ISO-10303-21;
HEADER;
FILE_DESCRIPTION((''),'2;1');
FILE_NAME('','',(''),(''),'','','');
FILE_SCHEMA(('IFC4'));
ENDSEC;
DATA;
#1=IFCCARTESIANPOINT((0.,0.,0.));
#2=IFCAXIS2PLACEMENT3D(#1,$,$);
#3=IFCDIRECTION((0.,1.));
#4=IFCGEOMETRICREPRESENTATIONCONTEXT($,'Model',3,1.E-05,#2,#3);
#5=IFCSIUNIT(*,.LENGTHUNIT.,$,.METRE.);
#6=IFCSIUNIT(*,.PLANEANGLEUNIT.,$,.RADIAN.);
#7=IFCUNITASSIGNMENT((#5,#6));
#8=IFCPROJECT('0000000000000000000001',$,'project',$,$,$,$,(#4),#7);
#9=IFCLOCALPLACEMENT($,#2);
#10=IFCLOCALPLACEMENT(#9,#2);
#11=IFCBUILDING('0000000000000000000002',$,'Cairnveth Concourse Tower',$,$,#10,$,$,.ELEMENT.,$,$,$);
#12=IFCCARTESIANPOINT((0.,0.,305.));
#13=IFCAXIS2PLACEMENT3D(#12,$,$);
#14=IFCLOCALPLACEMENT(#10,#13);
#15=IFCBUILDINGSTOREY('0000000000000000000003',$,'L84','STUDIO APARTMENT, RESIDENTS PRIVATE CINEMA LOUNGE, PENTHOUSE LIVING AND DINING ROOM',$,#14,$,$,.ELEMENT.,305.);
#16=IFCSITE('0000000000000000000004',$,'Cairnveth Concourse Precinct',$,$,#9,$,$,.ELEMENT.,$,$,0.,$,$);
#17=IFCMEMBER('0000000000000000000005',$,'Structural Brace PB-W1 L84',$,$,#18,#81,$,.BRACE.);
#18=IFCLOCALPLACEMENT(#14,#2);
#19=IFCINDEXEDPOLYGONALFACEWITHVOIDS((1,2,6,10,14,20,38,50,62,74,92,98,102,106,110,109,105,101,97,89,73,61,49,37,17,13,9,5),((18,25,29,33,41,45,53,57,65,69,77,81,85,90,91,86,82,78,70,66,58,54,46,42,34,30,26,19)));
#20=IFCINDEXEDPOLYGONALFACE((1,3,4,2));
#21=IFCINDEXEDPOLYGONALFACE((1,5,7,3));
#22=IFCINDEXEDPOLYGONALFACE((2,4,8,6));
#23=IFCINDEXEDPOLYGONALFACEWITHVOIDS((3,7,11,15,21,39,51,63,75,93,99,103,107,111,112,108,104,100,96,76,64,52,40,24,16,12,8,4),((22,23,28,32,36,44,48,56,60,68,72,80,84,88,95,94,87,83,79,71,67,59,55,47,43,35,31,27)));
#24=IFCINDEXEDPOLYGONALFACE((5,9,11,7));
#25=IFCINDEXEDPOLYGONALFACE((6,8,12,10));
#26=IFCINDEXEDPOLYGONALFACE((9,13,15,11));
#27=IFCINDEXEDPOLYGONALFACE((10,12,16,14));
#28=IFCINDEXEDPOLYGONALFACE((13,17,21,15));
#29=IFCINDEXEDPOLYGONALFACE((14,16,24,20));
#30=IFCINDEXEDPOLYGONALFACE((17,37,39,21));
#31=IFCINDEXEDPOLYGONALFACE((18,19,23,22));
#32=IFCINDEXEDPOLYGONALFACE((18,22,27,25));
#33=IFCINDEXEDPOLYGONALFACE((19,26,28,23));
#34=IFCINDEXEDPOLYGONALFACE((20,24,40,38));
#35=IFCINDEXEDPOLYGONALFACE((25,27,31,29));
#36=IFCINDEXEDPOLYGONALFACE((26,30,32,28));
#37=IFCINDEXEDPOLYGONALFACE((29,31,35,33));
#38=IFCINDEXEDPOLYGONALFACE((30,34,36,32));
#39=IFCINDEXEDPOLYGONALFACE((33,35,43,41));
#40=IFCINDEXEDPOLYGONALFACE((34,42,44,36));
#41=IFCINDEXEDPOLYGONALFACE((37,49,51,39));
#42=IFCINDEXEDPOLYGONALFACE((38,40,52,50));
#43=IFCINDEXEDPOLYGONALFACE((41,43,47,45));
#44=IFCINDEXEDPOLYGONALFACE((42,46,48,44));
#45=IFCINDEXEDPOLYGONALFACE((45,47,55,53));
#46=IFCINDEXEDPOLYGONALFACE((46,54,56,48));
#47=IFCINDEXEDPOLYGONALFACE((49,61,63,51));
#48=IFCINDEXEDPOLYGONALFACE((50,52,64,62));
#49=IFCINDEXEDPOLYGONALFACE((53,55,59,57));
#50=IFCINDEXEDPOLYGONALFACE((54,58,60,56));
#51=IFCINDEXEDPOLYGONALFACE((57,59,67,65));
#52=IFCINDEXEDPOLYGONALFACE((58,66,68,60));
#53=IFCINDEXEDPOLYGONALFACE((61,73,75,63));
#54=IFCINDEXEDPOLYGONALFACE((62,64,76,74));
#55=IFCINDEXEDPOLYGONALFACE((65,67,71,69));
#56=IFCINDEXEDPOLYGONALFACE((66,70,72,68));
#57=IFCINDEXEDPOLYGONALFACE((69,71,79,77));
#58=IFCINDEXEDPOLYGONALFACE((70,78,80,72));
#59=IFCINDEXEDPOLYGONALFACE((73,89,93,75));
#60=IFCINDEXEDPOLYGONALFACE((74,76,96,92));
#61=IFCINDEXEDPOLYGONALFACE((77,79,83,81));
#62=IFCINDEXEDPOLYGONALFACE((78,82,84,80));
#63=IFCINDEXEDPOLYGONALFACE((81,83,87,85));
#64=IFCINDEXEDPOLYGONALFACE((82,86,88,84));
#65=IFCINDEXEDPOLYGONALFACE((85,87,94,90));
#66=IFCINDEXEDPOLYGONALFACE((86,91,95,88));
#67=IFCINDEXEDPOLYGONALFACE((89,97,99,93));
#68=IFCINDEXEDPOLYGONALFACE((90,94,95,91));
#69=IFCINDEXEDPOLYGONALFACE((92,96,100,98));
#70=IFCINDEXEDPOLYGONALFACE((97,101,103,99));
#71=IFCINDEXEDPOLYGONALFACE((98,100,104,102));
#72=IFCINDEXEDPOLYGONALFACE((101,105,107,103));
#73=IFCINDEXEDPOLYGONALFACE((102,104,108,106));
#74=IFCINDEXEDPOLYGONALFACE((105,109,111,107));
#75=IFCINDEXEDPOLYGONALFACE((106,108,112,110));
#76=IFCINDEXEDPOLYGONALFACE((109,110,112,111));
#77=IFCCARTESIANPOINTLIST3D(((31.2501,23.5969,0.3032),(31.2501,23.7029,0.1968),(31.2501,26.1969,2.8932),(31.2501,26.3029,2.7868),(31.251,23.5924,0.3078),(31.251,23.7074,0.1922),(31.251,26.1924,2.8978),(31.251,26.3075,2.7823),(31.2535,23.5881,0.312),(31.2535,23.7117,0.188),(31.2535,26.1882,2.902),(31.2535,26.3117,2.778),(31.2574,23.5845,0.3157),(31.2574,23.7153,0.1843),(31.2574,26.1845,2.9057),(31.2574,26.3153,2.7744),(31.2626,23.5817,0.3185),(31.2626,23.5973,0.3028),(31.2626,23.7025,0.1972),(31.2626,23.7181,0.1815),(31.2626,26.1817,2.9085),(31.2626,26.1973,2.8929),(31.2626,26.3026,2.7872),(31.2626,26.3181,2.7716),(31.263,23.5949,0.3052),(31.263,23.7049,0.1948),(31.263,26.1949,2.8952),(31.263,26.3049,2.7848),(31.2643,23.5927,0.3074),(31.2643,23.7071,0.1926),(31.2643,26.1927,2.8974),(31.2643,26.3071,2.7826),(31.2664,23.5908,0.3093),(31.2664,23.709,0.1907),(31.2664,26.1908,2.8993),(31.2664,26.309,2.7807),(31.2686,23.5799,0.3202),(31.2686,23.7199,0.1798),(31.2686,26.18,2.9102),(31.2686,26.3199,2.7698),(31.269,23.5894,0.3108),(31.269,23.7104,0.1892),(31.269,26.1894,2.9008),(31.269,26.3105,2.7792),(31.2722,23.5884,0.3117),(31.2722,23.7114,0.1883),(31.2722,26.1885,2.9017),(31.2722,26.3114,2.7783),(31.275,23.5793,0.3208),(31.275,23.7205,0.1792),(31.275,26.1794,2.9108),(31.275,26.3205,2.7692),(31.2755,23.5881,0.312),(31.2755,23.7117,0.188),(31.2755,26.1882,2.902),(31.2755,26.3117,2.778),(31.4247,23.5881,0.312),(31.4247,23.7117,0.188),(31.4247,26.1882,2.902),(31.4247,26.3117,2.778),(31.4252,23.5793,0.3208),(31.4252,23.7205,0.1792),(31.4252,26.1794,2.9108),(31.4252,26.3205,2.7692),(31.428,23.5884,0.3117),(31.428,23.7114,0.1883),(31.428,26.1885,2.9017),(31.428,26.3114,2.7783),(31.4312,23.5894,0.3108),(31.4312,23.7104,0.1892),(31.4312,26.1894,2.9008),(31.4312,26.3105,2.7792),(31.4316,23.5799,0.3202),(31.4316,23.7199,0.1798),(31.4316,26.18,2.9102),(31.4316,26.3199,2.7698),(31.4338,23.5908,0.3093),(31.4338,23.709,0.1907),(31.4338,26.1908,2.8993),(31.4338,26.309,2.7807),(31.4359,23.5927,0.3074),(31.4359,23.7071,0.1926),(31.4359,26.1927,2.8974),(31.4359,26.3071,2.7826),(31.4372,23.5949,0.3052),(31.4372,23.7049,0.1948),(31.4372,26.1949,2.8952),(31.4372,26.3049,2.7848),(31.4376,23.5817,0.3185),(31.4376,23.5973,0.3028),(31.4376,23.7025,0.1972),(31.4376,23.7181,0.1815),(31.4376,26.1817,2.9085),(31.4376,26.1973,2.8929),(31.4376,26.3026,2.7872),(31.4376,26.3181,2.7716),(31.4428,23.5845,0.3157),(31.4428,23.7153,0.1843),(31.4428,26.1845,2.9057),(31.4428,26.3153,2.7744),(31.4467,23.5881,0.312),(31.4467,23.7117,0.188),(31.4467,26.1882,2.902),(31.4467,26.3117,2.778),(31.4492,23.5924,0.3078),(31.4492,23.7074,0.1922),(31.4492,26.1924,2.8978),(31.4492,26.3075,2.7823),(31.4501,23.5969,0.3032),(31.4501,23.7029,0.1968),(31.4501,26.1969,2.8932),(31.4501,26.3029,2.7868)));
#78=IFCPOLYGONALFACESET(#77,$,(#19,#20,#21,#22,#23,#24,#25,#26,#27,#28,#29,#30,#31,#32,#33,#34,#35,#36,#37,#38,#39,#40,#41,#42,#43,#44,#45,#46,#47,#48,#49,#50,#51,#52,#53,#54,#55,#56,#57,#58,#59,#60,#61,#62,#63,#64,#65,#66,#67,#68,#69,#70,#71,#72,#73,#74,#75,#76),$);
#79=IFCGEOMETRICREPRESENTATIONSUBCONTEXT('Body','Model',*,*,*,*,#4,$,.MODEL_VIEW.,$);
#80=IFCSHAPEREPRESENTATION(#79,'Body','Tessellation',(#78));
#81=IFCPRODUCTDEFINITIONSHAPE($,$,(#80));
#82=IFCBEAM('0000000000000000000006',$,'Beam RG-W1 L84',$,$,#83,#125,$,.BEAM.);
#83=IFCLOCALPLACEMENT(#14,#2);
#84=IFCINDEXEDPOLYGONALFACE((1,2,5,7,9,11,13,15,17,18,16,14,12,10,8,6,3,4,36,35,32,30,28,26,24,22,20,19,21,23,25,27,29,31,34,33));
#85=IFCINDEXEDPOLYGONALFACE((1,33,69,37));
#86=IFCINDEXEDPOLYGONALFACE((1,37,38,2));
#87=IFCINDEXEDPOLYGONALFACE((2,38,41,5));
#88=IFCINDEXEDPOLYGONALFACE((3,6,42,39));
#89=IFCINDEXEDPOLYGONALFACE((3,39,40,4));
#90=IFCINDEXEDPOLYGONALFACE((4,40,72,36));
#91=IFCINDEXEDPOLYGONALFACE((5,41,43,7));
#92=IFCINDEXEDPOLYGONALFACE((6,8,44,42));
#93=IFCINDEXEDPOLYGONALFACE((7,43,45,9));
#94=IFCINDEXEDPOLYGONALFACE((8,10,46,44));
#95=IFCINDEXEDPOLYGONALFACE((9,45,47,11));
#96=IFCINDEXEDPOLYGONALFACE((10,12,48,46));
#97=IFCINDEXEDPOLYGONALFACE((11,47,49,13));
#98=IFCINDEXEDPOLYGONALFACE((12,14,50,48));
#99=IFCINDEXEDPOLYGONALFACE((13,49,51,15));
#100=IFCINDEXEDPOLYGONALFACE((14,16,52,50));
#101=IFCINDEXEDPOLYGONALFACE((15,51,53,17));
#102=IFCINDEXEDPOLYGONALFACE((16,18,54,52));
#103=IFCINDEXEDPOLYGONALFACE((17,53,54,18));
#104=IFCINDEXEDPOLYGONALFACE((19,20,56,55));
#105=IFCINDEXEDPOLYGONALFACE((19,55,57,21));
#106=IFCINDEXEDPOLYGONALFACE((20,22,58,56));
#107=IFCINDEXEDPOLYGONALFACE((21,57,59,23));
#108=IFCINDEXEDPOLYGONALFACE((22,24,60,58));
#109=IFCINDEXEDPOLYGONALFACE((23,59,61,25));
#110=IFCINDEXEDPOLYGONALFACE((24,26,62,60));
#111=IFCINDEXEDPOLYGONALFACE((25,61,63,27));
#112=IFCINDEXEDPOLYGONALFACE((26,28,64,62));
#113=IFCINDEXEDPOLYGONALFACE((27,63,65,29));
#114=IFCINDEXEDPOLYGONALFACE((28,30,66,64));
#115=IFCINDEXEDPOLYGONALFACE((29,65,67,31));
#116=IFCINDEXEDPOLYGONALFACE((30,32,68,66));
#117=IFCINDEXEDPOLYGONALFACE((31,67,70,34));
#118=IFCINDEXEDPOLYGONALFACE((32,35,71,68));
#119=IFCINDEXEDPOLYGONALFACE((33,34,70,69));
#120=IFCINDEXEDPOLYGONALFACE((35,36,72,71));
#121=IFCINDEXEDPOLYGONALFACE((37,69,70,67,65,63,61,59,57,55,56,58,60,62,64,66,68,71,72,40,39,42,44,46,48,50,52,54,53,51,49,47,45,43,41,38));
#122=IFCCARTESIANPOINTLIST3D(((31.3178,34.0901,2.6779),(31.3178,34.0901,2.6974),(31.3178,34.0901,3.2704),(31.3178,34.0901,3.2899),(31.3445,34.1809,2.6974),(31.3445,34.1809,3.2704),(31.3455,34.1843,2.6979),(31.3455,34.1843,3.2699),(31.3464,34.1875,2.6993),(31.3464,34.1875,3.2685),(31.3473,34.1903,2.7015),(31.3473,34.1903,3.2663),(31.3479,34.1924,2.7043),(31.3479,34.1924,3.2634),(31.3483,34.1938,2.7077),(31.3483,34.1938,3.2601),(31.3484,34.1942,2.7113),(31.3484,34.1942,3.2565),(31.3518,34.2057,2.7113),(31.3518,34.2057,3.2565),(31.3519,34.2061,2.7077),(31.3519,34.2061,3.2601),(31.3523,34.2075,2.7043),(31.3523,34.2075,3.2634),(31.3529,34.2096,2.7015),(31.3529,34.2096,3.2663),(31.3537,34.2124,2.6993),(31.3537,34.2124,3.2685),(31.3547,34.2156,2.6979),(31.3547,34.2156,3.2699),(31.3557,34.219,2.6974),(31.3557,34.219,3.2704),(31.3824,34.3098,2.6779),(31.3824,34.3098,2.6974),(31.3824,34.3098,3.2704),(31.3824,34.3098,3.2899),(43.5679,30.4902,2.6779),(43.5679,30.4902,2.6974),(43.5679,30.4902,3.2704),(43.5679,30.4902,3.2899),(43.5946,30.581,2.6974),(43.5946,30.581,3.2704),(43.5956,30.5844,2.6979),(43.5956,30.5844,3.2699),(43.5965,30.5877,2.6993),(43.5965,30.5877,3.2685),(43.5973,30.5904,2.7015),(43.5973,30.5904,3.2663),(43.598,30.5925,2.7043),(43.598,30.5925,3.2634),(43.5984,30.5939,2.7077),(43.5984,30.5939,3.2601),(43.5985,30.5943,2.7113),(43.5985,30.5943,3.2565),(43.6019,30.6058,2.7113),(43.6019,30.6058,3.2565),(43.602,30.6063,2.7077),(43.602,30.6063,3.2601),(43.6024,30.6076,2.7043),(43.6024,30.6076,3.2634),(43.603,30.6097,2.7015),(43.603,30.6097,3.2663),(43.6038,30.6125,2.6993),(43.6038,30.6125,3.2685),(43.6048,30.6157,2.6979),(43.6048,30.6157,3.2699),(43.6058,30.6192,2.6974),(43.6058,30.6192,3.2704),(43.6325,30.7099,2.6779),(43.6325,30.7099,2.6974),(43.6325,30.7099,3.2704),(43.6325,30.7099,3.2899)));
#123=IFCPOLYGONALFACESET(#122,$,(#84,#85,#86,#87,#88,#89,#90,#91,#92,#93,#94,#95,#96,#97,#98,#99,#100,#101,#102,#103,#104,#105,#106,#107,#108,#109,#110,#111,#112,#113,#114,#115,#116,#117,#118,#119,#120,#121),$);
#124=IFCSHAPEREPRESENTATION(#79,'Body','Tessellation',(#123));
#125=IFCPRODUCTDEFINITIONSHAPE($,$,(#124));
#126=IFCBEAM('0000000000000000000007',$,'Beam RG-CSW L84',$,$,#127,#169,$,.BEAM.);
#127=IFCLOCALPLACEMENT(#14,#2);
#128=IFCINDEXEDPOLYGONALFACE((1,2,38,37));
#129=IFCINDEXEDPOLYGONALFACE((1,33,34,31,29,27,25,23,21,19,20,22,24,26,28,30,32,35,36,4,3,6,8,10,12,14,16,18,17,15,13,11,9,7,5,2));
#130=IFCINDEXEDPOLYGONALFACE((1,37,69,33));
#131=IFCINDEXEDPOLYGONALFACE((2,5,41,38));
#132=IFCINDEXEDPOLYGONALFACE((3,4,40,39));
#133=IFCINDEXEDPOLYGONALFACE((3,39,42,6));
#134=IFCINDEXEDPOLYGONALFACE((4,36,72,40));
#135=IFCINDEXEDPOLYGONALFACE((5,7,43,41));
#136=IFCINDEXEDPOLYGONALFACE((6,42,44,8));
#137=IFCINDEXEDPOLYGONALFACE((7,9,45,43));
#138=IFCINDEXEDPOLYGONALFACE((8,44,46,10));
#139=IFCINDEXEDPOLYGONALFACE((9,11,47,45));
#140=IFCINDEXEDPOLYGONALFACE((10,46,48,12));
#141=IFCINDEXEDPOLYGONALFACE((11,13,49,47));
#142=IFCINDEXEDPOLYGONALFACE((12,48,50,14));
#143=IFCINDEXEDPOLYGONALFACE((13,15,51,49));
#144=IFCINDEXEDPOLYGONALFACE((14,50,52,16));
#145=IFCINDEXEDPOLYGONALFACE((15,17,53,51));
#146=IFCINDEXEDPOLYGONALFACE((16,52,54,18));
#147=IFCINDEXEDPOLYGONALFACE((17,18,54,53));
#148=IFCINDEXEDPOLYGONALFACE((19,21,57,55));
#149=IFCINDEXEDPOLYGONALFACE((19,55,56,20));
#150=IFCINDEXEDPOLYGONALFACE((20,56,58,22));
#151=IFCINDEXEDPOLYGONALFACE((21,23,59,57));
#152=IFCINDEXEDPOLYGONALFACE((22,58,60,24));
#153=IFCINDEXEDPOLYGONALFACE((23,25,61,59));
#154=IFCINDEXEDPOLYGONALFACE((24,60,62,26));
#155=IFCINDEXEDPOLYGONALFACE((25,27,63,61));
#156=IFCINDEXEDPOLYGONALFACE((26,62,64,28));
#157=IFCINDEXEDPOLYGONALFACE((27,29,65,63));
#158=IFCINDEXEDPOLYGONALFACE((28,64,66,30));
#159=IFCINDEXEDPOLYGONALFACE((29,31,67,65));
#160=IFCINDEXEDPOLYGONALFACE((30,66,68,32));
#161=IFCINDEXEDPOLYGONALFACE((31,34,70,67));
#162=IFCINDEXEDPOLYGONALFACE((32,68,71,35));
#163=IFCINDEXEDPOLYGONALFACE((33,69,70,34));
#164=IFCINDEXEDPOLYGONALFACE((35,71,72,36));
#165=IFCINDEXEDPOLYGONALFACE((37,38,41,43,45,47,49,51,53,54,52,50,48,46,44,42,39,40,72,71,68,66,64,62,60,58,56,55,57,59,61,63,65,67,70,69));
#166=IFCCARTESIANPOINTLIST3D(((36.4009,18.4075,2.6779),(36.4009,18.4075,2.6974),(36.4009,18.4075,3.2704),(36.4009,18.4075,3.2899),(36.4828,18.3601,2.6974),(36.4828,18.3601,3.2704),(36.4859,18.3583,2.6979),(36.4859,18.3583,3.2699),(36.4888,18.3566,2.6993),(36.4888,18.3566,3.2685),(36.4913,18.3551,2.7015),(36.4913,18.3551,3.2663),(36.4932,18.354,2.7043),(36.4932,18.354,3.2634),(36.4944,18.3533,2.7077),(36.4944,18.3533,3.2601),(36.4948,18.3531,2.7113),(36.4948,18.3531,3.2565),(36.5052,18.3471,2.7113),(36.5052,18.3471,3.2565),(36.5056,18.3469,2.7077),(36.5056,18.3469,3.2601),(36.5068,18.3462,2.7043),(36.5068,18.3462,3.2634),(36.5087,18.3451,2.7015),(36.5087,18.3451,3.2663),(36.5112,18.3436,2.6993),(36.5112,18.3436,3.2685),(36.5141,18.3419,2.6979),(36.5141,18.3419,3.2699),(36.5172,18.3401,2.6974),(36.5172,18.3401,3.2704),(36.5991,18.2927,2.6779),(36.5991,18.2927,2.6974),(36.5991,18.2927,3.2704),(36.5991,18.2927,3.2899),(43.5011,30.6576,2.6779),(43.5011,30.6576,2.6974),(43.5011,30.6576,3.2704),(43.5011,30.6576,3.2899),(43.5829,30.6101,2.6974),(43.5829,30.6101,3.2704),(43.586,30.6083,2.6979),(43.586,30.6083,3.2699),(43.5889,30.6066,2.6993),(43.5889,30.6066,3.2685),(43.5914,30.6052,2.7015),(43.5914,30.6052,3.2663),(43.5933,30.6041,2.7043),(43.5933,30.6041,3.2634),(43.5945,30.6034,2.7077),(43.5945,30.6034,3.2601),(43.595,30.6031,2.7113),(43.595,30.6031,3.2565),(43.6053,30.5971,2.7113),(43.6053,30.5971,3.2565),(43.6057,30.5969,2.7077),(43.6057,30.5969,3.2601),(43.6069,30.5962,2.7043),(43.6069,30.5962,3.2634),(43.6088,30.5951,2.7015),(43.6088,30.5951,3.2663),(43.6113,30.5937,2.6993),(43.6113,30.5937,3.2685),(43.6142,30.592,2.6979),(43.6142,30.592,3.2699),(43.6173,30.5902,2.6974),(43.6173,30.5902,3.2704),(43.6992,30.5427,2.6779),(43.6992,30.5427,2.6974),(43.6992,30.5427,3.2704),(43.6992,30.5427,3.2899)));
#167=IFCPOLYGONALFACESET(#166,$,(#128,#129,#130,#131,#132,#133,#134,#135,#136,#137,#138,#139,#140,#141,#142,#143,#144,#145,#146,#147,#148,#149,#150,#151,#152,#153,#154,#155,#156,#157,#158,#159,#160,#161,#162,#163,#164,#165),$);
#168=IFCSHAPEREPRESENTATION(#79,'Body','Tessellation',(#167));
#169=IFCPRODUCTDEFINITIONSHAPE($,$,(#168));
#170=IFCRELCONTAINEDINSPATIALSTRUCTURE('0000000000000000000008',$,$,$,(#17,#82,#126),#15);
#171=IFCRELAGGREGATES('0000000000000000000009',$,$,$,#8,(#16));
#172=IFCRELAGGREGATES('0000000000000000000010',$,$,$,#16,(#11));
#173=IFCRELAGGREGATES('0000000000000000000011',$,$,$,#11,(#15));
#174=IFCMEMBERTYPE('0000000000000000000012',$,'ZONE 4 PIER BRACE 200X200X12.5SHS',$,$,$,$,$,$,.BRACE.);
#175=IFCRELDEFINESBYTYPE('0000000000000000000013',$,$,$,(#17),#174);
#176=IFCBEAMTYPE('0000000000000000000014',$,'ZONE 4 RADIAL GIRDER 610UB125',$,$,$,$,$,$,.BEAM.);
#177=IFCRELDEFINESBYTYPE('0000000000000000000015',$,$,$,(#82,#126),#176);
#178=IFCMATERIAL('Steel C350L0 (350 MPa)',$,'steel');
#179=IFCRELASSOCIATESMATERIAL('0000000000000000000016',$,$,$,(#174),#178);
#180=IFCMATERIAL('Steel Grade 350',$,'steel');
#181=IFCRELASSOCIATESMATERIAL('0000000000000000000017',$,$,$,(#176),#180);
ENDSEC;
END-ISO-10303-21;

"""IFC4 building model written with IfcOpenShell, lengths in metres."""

from ifc_helpers import new_model, si_unit, direction, frame, origin, origin_2d, place, context, subcontext, project, spatial, hollow_rectangle, i_section, extrude, material, material_profile, profile_set, type_object, element, save


model = new_model("IFC4")

# Units and contexts
model_context = context("Model", 3, precision=1e-05, world=origin(), true_north=direction((0.0, 1.0)))
body_context = subcontext(model_context, "Body", "Model", "MODEL_VIEW")
ifc_project = project(units=[si_unit("LENGTHUNIT", "METRE"), si_unit("PLANEANGLEUNIT", "RADIAN")], contexts=[model_context])

# Site, building, storey
site_placement = place(None, origin())
site = spatial("IfcSite", under=ifc_project, at=site_placement, Name="Cairnveth Concourse Precinct", CompositionType="ELEMENT", RefElevation=0.0)
building_placement = place(site_placement, origin())
building = spatial("IfcBuilding", under=site, at=building_placement, Name="Cairnveth Concourse Tower", CompositionType="ELEMENT")
storey_placement = place(building_placement, frame((0.0, 0.0, 305.0)))
storey = spatial("IfcBuildingStorey", under=building, at=storey_placement, Name="L84", Description="STUDIO APARTMENT, RESIDENTS PRIVATE CINEMA LOUNGE, PENTHOUSE LIVING AND DINING ROOM", CompositionType="ELEMENT", Elevation=305.0)

# Shared definitions
ifc_material_1 = material(Name="Steel Grade 350", Category="steel")

# Member
ifc_material_2 = material(Name="Steel C350L0 (350 MPa)", Category="steel")
ifc_material_profile_1 = material_profile(ifc_material_2, hollow_rectangle(XDim=0.2, YDim=0.2, WallThickness=0.0125, InnerFilletRadius=0.0129, OuterFilletRadius=0.0249, at=origin_2d()), Name="200x200x12.5SHS")
ifc_profile_set_1 = profile_set([ifc_material_profile_1], Name="Steel C350L0 (350 MPa)")
member_type = type_object("IfcMemberType", Name="ZONE 4 PIER BRACE 200X200X12.5SHS", PredefinedType="BRACE", material=ifc_profile_set_1)
for number, where, z_axis, x_axis, name in (
    (1, (31.3501, 23.6499, 0.25), (0.0, 0.708469, 0.705742), (-1.0, 0.0, 0.0), "Structural Brace PB-W1 L84"),
):
    element("IfcMember", number, at=place(storey_placement, frame(where, z_axis=z_axis, x_axis=x_axis)), inside=storey, type_object=member_type, Name=name, PredefinedType="BRACE", context=body_context, shape_type="SweptSolid", body=[
        extrude(hollow_rectangle(XDim=0.2, YDim=0.2, WallThickness=0.0125, InnerFilletRadius=0.0129, OuterFilletRadius=0.0249, at=origin_2d()), origin(), (0.0, 0.0, 1.0), 3.6699),
    ])

# Beams
ifc_material_profile_2 = material_profile(ifc_material_1, i_section(OverallWidth=0.229, OverallDepth=0.6121, WebThickness=0.012, FlangeThickness=0.0195, FilletRadius=0.0139, at=origin_2d()), Name="610UB125")
ifc_profile_set_2 = profile_set([ifc_material_profile_2], Name="Steel Grade 350")
beam_type_1 = type_object("IfcBeamType", Name="ZONE 4 RADIAL GIRDER 610UB125", PredefinedType="BEAM", material=ifc_profile_set_2)
beam_1_placement = place(storey_placement, frame((31.3501, 34.2, 2.9839), z_axis=(0.959431, -0.281944, 0.0), x_axis=(0.281944, 0.959431, 0.0)))
element("IfcBeam", 2, at=beam_1_placement, inside=storey, type_object=beam_type_1, Name="Beam RG-W1 L84", PredefinedType="BEAM", context=body_context, shape_type="SweptSolid", body=[
    extrude(i_section(OverallWidth=0.229, OverallDepth=0.6121, WebThickness=0.012, FlangeThickness=0.0195, FilletRadius=0.0139, at=origin_2d()), origin(), (0.0, 0.0, 1.0), 12.7681),
])
beam_2_placement = place(storey_placement, frame((36.5, 18.3501, 2.9839), z_axis=(0.501459, 0.865181, 0.0), x_axis=(-0.865181, 0.501459, 0.0)))
element("IfcBeam", 3, at=beam_2_placement, inside=storey, type_object=beam_type_1, Name="Beam RG-CSW L84", PredefinedType="BEAM", context=body_context, shape_type="SweptSolid", body=[
    extrude(i_section(OverallWidth=0.229, OverallDepth=0.6121, WebThickness=0.012, FlangeThickness=0.0195, FilletRadius=0.0139, at=origin_2d()), origin(), (0.0, 0.0, 1.0), 14.1589),
])

save(model, "model.ifc")
